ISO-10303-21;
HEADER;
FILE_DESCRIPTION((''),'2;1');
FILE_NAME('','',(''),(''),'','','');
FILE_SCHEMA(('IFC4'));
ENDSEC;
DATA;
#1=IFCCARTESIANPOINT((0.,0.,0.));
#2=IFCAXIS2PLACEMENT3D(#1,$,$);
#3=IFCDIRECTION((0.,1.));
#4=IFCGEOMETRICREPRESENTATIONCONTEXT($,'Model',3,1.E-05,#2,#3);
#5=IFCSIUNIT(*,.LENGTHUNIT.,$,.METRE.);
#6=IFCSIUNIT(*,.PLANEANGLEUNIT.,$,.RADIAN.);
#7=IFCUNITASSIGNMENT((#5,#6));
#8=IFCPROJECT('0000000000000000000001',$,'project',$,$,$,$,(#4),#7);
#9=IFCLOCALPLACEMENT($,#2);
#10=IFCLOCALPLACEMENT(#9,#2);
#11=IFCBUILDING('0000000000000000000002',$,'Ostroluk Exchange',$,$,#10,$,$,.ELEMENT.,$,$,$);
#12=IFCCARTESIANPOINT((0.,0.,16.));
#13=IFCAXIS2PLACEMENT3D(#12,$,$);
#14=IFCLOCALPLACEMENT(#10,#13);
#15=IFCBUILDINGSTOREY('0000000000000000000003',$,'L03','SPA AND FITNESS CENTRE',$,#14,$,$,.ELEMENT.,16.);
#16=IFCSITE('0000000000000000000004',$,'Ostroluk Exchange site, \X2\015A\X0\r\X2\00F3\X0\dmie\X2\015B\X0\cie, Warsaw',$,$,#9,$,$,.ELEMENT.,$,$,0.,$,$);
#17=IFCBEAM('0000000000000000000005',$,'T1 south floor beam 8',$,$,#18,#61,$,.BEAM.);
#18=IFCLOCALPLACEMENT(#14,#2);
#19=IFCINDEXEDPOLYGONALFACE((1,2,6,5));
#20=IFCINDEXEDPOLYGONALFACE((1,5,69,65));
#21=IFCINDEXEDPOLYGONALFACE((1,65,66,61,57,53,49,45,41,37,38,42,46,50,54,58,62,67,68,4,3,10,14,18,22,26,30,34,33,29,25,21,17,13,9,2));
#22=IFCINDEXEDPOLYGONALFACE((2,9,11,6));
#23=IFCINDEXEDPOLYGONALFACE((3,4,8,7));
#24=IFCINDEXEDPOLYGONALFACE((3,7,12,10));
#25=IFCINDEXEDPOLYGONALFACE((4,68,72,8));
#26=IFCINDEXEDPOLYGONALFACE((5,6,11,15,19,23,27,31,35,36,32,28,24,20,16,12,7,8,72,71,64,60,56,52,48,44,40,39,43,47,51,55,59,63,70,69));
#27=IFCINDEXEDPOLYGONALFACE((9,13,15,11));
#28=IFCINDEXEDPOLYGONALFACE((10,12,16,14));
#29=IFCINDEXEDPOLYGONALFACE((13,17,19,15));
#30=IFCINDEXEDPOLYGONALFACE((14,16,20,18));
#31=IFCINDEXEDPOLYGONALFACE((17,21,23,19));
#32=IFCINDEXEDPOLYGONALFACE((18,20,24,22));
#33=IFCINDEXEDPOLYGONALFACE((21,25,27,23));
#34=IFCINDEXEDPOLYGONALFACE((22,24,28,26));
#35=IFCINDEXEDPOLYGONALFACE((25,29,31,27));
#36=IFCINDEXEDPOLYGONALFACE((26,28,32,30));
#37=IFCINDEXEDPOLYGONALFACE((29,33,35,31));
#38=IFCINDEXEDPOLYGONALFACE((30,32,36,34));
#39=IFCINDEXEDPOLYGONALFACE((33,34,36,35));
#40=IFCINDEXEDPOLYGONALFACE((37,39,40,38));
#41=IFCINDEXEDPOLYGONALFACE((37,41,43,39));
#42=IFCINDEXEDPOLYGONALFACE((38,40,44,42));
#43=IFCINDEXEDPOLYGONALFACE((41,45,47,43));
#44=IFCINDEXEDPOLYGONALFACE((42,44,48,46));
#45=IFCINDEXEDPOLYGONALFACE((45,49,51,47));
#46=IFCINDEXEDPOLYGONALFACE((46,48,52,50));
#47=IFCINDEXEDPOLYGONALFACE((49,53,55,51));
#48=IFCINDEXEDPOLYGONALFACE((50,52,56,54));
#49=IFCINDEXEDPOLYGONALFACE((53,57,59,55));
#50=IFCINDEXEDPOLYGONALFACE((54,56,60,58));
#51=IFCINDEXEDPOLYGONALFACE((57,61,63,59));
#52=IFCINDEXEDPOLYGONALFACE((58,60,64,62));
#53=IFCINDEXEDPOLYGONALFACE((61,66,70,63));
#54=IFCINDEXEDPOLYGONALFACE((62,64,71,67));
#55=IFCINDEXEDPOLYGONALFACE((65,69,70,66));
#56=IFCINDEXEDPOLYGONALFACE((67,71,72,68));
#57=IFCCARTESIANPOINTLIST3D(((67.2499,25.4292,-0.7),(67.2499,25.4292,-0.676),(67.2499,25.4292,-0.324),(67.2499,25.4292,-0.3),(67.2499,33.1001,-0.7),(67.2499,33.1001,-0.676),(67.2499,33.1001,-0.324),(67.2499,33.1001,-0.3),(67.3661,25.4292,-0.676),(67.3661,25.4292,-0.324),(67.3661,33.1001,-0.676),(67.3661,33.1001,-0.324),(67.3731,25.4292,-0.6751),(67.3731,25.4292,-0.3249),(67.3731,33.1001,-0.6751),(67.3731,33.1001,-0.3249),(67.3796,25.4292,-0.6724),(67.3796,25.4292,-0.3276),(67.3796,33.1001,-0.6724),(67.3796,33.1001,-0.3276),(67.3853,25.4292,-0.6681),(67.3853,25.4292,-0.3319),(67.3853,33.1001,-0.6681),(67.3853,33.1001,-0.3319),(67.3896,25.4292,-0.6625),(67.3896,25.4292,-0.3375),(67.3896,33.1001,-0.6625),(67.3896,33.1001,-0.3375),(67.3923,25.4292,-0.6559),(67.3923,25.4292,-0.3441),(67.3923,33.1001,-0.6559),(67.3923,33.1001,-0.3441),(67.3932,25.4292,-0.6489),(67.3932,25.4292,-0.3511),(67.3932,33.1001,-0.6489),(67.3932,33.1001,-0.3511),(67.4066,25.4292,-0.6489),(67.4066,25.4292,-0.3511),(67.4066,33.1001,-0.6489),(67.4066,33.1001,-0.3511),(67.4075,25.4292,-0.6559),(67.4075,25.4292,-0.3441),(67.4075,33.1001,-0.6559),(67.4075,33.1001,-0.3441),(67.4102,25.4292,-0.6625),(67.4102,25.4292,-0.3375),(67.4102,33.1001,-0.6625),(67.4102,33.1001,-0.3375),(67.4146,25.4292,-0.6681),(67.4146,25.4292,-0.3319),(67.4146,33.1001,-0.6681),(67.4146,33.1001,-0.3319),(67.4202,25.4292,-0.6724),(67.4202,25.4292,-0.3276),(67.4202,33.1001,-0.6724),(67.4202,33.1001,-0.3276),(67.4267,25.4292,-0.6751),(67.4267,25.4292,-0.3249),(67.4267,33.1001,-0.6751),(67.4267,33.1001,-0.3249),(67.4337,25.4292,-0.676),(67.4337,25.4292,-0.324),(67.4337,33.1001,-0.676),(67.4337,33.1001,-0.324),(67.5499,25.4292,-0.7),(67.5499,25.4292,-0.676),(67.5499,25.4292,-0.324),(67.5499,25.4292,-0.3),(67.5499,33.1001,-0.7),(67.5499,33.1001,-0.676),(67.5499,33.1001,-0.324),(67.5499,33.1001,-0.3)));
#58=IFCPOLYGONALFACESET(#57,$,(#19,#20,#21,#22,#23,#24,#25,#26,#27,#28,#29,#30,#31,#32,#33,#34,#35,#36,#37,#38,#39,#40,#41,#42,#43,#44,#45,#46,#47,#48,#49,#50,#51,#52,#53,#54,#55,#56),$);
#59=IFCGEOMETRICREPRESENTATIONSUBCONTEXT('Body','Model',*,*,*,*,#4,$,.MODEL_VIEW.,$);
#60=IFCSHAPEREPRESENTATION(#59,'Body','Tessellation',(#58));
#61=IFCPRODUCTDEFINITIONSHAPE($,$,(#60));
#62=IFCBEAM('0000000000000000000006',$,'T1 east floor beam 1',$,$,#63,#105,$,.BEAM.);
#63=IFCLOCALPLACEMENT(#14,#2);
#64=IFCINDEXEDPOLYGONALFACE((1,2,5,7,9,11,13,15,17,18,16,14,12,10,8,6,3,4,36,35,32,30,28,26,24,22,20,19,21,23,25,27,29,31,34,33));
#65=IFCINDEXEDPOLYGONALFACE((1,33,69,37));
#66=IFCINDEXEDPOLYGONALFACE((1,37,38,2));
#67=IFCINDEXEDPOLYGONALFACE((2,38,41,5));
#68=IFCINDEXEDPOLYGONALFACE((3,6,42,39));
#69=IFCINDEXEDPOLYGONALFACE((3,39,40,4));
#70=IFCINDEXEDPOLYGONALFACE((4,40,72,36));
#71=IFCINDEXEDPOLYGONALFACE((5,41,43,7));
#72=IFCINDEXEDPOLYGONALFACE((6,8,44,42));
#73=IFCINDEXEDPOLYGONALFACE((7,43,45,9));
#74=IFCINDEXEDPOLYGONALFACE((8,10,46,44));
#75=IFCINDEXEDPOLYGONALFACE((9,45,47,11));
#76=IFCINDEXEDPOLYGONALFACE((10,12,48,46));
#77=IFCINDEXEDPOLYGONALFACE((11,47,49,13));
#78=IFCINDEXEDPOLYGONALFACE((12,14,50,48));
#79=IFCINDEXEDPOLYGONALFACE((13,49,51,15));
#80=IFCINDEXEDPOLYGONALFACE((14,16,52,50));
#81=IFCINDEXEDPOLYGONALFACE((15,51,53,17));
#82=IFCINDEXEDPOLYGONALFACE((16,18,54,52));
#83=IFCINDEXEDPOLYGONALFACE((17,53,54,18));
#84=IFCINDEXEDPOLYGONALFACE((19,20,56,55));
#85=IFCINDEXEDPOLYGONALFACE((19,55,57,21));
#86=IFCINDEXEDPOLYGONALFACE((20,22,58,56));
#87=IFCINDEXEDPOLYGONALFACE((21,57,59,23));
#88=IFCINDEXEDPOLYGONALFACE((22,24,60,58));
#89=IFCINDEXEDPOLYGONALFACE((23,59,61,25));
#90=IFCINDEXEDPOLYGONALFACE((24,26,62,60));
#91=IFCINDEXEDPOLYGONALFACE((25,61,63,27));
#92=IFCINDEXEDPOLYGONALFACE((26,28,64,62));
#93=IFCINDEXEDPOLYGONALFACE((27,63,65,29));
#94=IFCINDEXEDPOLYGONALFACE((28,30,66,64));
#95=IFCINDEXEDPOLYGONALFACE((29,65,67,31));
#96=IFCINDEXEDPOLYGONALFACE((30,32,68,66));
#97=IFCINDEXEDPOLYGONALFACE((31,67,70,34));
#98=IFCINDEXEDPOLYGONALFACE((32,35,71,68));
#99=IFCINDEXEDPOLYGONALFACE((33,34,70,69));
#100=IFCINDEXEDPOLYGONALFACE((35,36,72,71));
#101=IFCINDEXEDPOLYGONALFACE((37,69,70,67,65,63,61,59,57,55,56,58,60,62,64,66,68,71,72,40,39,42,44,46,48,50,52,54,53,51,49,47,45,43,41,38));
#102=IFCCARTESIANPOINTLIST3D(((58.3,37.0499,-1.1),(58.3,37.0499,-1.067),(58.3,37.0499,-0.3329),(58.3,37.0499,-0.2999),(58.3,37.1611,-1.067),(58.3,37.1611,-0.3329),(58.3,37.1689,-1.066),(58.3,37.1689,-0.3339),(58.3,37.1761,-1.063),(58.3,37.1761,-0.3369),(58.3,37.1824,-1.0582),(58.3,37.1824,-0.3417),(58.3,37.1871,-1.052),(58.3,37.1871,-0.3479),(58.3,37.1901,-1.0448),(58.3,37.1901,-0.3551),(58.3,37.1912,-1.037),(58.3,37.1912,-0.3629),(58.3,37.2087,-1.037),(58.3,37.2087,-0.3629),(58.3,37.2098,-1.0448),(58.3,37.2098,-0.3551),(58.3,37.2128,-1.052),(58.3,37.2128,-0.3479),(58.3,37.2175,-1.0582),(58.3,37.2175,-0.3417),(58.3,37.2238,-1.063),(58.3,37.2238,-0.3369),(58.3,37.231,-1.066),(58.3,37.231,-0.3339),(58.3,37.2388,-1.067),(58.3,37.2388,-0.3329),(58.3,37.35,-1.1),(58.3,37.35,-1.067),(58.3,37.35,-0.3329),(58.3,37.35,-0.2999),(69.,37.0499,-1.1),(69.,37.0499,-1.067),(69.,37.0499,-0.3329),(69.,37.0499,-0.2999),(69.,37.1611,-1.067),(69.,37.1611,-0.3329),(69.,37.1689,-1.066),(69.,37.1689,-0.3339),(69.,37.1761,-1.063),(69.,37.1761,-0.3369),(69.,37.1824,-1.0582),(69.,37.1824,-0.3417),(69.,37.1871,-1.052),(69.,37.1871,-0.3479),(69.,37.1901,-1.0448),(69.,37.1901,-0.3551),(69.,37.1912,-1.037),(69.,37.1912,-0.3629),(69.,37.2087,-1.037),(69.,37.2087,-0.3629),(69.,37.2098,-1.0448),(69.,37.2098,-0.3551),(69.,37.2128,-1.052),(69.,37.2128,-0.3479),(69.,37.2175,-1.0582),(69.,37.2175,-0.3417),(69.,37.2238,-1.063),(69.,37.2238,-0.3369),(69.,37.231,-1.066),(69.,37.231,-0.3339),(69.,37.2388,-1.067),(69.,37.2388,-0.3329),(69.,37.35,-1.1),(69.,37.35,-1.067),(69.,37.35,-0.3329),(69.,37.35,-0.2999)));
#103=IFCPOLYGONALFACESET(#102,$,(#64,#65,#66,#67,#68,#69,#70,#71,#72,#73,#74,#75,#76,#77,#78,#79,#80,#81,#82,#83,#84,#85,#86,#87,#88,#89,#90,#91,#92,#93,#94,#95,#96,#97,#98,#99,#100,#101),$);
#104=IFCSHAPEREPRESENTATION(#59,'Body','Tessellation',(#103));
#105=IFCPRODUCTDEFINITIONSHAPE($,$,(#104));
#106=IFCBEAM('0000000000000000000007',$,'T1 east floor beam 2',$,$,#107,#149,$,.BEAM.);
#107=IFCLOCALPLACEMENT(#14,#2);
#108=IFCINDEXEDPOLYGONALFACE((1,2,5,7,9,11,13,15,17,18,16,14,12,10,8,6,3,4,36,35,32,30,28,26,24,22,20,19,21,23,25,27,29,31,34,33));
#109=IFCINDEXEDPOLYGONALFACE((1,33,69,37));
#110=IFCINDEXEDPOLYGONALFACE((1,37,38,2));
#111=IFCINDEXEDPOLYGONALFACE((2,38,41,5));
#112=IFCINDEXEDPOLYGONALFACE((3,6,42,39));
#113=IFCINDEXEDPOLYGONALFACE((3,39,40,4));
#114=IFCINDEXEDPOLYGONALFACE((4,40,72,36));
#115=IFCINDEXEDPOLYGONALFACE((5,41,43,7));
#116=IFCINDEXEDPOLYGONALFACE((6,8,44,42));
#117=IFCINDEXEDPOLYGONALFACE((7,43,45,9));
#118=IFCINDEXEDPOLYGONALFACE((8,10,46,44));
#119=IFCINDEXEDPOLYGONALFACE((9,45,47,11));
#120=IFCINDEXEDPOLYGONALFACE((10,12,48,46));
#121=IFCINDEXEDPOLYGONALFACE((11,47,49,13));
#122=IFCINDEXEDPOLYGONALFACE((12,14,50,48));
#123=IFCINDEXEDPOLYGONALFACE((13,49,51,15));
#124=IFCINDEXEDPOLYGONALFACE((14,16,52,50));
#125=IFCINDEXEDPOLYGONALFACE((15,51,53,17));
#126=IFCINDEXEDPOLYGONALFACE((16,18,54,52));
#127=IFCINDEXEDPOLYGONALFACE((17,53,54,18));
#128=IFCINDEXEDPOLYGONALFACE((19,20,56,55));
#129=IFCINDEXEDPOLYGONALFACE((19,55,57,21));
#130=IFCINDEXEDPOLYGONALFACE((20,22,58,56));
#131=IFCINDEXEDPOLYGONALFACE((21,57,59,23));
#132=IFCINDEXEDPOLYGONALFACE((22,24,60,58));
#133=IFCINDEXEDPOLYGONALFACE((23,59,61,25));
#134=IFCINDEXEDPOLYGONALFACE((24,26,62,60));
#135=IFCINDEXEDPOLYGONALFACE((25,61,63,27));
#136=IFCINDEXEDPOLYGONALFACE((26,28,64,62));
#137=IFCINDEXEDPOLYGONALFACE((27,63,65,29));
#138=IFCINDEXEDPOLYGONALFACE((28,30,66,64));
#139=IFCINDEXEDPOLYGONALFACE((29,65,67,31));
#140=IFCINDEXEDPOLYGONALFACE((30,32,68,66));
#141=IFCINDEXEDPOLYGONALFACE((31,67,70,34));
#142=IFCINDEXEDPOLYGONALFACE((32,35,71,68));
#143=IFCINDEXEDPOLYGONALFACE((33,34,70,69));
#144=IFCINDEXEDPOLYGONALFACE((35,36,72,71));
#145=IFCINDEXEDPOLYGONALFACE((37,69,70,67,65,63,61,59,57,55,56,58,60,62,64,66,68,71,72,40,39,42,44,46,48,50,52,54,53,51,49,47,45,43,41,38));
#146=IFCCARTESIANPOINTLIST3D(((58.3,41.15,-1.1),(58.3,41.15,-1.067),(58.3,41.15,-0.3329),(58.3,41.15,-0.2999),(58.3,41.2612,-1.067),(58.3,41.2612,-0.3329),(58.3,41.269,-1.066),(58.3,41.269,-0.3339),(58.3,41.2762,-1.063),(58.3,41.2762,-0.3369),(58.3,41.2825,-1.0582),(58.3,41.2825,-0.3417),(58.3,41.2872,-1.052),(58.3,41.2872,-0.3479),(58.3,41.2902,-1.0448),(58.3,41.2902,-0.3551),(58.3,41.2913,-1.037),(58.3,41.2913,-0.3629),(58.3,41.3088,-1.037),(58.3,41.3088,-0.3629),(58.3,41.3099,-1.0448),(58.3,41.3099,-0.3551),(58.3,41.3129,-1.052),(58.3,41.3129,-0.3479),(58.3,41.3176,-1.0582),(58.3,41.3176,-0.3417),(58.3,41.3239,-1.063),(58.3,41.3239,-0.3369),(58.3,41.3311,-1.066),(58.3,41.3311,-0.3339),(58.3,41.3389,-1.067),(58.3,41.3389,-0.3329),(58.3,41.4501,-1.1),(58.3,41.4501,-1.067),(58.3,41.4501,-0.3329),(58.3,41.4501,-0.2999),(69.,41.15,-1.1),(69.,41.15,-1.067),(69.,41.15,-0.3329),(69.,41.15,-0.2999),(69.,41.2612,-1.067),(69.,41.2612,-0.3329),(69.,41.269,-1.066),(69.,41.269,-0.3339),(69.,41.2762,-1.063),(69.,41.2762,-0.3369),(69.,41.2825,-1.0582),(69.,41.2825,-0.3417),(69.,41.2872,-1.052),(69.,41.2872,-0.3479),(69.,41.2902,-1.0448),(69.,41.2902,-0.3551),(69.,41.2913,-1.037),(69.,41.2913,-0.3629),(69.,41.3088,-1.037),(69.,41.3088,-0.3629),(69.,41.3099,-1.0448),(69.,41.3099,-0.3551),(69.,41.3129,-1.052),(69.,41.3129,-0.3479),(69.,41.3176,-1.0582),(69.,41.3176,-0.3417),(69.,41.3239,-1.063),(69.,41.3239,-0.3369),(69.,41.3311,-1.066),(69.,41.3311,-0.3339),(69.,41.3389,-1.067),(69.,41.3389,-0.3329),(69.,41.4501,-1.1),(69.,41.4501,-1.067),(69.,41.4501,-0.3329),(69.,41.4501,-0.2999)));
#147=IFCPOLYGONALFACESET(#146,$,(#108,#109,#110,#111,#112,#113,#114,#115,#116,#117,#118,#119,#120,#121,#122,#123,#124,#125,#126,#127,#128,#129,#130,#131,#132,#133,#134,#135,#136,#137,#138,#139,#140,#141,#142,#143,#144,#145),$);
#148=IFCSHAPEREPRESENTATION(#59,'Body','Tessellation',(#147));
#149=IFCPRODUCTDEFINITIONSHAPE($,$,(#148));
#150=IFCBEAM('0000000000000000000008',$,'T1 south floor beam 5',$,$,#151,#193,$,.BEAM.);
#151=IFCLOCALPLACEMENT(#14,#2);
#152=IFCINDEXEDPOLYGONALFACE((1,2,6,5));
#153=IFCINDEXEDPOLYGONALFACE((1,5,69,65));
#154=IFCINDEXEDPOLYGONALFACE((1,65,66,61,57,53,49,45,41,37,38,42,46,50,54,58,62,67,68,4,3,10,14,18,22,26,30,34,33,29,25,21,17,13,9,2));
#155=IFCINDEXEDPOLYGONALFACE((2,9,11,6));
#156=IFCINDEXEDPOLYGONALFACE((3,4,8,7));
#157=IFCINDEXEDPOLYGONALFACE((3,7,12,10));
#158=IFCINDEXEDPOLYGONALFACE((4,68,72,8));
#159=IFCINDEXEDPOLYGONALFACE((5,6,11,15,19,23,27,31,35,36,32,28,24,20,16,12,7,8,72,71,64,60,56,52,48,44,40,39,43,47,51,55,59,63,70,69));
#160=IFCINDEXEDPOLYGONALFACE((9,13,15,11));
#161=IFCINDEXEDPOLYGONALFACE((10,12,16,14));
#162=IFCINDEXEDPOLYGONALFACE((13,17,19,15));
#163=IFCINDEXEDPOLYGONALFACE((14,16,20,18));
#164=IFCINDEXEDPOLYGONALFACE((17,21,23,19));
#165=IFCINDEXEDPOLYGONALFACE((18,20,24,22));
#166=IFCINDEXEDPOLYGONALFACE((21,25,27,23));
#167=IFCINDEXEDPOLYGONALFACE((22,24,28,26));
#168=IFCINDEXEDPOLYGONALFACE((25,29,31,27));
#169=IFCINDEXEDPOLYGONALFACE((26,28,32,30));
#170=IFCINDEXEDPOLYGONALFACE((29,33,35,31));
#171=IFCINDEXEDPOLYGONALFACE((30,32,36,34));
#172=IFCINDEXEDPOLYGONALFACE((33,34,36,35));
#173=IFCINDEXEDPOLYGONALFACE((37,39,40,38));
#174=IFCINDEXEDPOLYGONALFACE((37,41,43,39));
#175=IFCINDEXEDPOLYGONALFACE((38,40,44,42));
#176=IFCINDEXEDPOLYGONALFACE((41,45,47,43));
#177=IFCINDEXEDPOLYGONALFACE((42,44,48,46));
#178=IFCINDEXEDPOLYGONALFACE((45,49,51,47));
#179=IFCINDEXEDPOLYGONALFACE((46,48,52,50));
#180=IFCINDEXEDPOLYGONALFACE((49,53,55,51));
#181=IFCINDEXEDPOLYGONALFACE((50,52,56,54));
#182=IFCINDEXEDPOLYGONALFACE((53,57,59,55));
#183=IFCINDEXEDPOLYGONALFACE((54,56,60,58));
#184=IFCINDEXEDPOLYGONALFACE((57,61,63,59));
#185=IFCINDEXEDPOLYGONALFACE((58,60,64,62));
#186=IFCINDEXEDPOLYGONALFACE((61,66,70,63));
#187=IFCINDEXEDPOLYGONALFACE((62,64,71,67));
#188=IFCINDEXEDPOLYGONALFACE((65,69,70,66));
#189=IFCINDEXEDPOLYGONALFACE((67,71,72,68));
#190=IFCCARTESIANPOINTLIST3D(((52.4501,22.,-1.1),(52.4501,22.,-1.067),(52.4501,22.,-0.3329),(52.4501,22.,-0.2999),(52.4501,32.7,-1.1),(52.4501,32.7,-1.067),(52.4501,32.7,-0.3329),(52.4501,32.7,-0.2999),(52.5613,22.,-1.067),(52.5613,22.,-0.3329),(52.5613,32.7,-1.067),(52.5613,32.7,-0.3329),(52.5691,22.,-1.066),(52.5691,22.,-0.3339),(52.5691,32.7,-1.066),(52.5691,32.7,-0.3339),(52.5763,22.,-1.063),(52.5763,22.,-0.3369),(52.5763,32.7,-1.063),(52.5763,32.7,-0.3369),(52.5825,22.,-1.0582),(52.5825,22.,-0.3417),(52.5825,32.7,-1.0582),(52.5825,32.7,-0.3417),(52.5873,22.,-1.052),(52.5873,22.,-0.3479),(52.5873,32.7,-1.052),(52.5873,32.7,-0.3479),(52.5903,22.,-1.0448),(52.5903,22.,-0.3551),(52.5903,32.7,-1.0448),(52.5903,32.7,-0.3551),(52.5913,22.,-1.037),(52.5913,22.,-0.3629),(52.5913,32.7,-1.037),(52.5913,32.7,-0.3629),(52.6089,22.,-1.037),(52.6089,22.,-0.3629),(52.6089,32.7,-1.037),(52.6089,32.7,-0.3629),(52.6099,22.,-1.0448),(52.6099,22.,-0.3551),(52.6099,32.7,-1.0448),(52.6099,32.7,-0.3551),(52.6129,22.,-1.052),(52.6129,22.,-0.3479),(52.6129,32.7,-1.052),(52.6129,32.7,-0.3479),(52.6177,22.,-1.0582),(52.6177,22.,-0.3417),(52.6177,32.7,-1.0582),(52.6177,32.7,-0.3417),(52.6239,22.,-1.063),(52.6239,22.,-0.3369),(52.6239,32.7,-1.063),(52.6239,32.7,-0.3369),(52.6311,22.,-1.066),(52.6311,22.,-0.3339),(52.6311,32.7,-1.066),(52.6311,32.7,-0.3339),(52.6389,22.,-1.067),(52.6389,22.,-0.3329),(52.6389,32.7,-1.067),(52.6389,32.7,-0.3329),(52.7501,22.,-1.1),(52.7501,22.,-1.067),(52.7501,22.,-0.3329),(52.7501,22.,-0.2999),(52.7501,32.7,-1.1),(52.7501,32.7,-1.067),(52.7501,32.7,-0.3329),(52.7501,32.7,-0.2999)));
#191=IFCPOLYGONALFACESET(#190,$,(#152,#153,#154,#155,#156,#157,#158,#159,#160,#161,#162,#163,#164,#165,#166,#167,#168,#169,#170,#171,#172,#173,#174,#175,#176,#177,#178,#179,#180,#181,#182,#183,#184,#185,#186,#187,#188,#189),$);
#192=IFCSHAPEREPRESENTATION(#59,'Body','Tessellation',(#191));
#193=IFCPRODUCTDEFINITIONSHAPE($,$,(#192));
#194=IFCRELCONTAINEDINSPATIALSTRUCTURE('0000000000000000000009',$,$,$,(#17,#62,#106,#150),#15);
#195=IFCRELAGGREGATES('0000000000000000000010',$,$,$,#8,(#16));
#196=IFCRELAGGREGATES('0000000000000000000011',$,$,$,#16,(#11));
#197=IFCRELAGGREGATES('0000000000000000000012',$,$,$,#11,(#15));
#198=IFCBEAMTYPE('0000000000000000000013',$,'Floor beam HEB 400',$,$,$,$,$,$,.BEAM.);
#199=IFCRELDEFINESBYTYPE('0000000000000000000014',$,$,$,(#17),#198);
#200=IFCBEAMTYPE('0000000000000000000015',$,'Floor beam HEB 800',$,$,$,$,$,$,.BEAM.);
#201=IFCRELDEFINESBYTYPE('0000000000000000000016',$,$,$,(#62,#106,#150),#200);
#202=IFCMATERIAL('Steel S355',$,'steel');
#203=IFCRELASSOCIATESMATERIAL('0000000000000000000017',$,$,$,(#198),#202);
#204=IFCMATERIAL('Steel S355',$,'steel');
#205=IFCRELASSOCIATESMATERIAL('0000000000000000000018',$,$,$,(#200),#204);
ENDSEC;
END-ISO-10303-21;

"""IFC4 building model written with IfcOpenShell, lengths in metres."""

from ifc_helpers import new_model, si_unit, direction, frame, origin, origin_2d, place, context, subcontext, project, spatial, i_section, extrude, material, material_profile, profile_set, type_object, element, save


model = new_model("IFC4")

# Units and contexts
model_context = context("Model", 3, precision=1e-05, world=origin(), true_north=direction((0.0, 1.0)))
body_context = subcontext(model_context, "Body", "Model", "MODEL_VIEW")
ifc_project = project(units=[si_unit("LENGTHUNIT", "METRE"), si_unit("PLANEANGLEUNIT", "RADIAN")], contexts=[model_context])

# Site, building, storey
site_placement = place(None, origin())
site = spatial("IfcSite", under=ifc_project, at=site_placement, Name="Ostroluk Exchange site, Śródmieście, Warsaw", CompositionType="ELEMENT", RefElevation=0.0)
building_placement = place(site_placement, origin())
building = spatial("IfcBuilding", under=site, at=building_placement, Name="Ostroluk Exchange", CompositionType="ELEMENT")
storey_placement = place(building_placement, frame((0.0, 0.0, 16.0)))
storey = spatial("IfcBuildingStorey", under=building, at=storey_placement, Name="L03", Description="SPA AND FITNESS CENTRE", CompositionType="ELEMENT", Elevation=16.0)

# Beams
ifc_material_1 = material(Name="Steel S355", Category="steel")
ifc_material_profile_1 = material_profile(ifc_material_1, i_section(OverallWidth=0.3, OverallDepth=0.3999, WebThickness=0.0134, FlangeThickness=0.0239, FilletRadius=0.0271, at=origin_2d()), Name="HEB 400")
ifc_profile_set_1 = profile_set([ifc_material_profile_1], Name="Steel S355")
beam_type_1 = type_object("IfcBeamType", Name="Floor beam HEB 400", PredefinedType="BEAM", material=ifc_profile_set_1)
beam_1_placement = place(storey_placement, frame((67.3999, 33.1001, -0.5), z_axis=(0.0, -1.0, 0.0), x_axis=(1.0, 0.0, 0.0)))
element("IfcBeam", 1, at=beam_1_placement, inside=storey, type_object=beam_type_1, Name="T1 south floor beam 8", PredefinedType="BEAM", context=body_context, shape_type="SweptSolid", body=[
    extrude(i_section(OverallWidth=0.3, OverallDepth=0.3999, WebThickness=0.0134, FlangeThickness=0.0239, FilletRadius=0.0271, at=origin_2d()), origin(), (0.0, 0.0, 1.0), 7.6709),
])
ifc_material_2 = material(Name="Steel S355", Category="steel")
ifc_material_profile_2 = material_profile(ifc_material_2, i_section(OverallWidth=0.3, OverallDepth=0.8, WebThickness=0.0176, FlangeThickness=0.033, FilletRadius=0.03, at=origin_2d()), Name="HEB 800")
ifc_profile_set_2 = profile_set([ifc_material_profile_2], Name="Steel S355")
beam_type_2 = type_object("IfcBeamType", Name="Floor beam HEB 800", PredefinedType="BEAM", material=ifc_profile_set_2)
for number, where, z_axis, x_axis, name in (
    (2, (58.3, 37.2, -0.7), (1.0, 0.0, 0.0), (0.0, 1.0, 0.0), "T1 east floor beam 1"),
    (3, (58.3, 41.3, -0.7), (1.0, 0.0, 0.0), (0.0, 1.0, 0.0), "T1 east floor beam 2"),
    (4, (52.6001, 32.7, -0.7), (0.0, -1.0, 0.0), (1.0, 0.0, 0.0), "T1 south floor beam 5"),
):
    element("IfcBeam", number, at=place(storey_placement, frame(where, z_axis=z_axis, x_axis=x_axis)), inside=storey, type_object=beam_type_2, Name=name, PredefinedType="BEAM", context=body_context, shape_type="SweptSolid", body=[
        extrude(i_section(OverallWidth=0.3, OverallDepth=0.8, WebThickness=0.0176, FlangeThickness=0.033, FilletRadius=0.03, at=origin_2d()), origin(), (0.0, 0.0, 1.0), 10.7),
    ])

save(model, "model.ifc")
